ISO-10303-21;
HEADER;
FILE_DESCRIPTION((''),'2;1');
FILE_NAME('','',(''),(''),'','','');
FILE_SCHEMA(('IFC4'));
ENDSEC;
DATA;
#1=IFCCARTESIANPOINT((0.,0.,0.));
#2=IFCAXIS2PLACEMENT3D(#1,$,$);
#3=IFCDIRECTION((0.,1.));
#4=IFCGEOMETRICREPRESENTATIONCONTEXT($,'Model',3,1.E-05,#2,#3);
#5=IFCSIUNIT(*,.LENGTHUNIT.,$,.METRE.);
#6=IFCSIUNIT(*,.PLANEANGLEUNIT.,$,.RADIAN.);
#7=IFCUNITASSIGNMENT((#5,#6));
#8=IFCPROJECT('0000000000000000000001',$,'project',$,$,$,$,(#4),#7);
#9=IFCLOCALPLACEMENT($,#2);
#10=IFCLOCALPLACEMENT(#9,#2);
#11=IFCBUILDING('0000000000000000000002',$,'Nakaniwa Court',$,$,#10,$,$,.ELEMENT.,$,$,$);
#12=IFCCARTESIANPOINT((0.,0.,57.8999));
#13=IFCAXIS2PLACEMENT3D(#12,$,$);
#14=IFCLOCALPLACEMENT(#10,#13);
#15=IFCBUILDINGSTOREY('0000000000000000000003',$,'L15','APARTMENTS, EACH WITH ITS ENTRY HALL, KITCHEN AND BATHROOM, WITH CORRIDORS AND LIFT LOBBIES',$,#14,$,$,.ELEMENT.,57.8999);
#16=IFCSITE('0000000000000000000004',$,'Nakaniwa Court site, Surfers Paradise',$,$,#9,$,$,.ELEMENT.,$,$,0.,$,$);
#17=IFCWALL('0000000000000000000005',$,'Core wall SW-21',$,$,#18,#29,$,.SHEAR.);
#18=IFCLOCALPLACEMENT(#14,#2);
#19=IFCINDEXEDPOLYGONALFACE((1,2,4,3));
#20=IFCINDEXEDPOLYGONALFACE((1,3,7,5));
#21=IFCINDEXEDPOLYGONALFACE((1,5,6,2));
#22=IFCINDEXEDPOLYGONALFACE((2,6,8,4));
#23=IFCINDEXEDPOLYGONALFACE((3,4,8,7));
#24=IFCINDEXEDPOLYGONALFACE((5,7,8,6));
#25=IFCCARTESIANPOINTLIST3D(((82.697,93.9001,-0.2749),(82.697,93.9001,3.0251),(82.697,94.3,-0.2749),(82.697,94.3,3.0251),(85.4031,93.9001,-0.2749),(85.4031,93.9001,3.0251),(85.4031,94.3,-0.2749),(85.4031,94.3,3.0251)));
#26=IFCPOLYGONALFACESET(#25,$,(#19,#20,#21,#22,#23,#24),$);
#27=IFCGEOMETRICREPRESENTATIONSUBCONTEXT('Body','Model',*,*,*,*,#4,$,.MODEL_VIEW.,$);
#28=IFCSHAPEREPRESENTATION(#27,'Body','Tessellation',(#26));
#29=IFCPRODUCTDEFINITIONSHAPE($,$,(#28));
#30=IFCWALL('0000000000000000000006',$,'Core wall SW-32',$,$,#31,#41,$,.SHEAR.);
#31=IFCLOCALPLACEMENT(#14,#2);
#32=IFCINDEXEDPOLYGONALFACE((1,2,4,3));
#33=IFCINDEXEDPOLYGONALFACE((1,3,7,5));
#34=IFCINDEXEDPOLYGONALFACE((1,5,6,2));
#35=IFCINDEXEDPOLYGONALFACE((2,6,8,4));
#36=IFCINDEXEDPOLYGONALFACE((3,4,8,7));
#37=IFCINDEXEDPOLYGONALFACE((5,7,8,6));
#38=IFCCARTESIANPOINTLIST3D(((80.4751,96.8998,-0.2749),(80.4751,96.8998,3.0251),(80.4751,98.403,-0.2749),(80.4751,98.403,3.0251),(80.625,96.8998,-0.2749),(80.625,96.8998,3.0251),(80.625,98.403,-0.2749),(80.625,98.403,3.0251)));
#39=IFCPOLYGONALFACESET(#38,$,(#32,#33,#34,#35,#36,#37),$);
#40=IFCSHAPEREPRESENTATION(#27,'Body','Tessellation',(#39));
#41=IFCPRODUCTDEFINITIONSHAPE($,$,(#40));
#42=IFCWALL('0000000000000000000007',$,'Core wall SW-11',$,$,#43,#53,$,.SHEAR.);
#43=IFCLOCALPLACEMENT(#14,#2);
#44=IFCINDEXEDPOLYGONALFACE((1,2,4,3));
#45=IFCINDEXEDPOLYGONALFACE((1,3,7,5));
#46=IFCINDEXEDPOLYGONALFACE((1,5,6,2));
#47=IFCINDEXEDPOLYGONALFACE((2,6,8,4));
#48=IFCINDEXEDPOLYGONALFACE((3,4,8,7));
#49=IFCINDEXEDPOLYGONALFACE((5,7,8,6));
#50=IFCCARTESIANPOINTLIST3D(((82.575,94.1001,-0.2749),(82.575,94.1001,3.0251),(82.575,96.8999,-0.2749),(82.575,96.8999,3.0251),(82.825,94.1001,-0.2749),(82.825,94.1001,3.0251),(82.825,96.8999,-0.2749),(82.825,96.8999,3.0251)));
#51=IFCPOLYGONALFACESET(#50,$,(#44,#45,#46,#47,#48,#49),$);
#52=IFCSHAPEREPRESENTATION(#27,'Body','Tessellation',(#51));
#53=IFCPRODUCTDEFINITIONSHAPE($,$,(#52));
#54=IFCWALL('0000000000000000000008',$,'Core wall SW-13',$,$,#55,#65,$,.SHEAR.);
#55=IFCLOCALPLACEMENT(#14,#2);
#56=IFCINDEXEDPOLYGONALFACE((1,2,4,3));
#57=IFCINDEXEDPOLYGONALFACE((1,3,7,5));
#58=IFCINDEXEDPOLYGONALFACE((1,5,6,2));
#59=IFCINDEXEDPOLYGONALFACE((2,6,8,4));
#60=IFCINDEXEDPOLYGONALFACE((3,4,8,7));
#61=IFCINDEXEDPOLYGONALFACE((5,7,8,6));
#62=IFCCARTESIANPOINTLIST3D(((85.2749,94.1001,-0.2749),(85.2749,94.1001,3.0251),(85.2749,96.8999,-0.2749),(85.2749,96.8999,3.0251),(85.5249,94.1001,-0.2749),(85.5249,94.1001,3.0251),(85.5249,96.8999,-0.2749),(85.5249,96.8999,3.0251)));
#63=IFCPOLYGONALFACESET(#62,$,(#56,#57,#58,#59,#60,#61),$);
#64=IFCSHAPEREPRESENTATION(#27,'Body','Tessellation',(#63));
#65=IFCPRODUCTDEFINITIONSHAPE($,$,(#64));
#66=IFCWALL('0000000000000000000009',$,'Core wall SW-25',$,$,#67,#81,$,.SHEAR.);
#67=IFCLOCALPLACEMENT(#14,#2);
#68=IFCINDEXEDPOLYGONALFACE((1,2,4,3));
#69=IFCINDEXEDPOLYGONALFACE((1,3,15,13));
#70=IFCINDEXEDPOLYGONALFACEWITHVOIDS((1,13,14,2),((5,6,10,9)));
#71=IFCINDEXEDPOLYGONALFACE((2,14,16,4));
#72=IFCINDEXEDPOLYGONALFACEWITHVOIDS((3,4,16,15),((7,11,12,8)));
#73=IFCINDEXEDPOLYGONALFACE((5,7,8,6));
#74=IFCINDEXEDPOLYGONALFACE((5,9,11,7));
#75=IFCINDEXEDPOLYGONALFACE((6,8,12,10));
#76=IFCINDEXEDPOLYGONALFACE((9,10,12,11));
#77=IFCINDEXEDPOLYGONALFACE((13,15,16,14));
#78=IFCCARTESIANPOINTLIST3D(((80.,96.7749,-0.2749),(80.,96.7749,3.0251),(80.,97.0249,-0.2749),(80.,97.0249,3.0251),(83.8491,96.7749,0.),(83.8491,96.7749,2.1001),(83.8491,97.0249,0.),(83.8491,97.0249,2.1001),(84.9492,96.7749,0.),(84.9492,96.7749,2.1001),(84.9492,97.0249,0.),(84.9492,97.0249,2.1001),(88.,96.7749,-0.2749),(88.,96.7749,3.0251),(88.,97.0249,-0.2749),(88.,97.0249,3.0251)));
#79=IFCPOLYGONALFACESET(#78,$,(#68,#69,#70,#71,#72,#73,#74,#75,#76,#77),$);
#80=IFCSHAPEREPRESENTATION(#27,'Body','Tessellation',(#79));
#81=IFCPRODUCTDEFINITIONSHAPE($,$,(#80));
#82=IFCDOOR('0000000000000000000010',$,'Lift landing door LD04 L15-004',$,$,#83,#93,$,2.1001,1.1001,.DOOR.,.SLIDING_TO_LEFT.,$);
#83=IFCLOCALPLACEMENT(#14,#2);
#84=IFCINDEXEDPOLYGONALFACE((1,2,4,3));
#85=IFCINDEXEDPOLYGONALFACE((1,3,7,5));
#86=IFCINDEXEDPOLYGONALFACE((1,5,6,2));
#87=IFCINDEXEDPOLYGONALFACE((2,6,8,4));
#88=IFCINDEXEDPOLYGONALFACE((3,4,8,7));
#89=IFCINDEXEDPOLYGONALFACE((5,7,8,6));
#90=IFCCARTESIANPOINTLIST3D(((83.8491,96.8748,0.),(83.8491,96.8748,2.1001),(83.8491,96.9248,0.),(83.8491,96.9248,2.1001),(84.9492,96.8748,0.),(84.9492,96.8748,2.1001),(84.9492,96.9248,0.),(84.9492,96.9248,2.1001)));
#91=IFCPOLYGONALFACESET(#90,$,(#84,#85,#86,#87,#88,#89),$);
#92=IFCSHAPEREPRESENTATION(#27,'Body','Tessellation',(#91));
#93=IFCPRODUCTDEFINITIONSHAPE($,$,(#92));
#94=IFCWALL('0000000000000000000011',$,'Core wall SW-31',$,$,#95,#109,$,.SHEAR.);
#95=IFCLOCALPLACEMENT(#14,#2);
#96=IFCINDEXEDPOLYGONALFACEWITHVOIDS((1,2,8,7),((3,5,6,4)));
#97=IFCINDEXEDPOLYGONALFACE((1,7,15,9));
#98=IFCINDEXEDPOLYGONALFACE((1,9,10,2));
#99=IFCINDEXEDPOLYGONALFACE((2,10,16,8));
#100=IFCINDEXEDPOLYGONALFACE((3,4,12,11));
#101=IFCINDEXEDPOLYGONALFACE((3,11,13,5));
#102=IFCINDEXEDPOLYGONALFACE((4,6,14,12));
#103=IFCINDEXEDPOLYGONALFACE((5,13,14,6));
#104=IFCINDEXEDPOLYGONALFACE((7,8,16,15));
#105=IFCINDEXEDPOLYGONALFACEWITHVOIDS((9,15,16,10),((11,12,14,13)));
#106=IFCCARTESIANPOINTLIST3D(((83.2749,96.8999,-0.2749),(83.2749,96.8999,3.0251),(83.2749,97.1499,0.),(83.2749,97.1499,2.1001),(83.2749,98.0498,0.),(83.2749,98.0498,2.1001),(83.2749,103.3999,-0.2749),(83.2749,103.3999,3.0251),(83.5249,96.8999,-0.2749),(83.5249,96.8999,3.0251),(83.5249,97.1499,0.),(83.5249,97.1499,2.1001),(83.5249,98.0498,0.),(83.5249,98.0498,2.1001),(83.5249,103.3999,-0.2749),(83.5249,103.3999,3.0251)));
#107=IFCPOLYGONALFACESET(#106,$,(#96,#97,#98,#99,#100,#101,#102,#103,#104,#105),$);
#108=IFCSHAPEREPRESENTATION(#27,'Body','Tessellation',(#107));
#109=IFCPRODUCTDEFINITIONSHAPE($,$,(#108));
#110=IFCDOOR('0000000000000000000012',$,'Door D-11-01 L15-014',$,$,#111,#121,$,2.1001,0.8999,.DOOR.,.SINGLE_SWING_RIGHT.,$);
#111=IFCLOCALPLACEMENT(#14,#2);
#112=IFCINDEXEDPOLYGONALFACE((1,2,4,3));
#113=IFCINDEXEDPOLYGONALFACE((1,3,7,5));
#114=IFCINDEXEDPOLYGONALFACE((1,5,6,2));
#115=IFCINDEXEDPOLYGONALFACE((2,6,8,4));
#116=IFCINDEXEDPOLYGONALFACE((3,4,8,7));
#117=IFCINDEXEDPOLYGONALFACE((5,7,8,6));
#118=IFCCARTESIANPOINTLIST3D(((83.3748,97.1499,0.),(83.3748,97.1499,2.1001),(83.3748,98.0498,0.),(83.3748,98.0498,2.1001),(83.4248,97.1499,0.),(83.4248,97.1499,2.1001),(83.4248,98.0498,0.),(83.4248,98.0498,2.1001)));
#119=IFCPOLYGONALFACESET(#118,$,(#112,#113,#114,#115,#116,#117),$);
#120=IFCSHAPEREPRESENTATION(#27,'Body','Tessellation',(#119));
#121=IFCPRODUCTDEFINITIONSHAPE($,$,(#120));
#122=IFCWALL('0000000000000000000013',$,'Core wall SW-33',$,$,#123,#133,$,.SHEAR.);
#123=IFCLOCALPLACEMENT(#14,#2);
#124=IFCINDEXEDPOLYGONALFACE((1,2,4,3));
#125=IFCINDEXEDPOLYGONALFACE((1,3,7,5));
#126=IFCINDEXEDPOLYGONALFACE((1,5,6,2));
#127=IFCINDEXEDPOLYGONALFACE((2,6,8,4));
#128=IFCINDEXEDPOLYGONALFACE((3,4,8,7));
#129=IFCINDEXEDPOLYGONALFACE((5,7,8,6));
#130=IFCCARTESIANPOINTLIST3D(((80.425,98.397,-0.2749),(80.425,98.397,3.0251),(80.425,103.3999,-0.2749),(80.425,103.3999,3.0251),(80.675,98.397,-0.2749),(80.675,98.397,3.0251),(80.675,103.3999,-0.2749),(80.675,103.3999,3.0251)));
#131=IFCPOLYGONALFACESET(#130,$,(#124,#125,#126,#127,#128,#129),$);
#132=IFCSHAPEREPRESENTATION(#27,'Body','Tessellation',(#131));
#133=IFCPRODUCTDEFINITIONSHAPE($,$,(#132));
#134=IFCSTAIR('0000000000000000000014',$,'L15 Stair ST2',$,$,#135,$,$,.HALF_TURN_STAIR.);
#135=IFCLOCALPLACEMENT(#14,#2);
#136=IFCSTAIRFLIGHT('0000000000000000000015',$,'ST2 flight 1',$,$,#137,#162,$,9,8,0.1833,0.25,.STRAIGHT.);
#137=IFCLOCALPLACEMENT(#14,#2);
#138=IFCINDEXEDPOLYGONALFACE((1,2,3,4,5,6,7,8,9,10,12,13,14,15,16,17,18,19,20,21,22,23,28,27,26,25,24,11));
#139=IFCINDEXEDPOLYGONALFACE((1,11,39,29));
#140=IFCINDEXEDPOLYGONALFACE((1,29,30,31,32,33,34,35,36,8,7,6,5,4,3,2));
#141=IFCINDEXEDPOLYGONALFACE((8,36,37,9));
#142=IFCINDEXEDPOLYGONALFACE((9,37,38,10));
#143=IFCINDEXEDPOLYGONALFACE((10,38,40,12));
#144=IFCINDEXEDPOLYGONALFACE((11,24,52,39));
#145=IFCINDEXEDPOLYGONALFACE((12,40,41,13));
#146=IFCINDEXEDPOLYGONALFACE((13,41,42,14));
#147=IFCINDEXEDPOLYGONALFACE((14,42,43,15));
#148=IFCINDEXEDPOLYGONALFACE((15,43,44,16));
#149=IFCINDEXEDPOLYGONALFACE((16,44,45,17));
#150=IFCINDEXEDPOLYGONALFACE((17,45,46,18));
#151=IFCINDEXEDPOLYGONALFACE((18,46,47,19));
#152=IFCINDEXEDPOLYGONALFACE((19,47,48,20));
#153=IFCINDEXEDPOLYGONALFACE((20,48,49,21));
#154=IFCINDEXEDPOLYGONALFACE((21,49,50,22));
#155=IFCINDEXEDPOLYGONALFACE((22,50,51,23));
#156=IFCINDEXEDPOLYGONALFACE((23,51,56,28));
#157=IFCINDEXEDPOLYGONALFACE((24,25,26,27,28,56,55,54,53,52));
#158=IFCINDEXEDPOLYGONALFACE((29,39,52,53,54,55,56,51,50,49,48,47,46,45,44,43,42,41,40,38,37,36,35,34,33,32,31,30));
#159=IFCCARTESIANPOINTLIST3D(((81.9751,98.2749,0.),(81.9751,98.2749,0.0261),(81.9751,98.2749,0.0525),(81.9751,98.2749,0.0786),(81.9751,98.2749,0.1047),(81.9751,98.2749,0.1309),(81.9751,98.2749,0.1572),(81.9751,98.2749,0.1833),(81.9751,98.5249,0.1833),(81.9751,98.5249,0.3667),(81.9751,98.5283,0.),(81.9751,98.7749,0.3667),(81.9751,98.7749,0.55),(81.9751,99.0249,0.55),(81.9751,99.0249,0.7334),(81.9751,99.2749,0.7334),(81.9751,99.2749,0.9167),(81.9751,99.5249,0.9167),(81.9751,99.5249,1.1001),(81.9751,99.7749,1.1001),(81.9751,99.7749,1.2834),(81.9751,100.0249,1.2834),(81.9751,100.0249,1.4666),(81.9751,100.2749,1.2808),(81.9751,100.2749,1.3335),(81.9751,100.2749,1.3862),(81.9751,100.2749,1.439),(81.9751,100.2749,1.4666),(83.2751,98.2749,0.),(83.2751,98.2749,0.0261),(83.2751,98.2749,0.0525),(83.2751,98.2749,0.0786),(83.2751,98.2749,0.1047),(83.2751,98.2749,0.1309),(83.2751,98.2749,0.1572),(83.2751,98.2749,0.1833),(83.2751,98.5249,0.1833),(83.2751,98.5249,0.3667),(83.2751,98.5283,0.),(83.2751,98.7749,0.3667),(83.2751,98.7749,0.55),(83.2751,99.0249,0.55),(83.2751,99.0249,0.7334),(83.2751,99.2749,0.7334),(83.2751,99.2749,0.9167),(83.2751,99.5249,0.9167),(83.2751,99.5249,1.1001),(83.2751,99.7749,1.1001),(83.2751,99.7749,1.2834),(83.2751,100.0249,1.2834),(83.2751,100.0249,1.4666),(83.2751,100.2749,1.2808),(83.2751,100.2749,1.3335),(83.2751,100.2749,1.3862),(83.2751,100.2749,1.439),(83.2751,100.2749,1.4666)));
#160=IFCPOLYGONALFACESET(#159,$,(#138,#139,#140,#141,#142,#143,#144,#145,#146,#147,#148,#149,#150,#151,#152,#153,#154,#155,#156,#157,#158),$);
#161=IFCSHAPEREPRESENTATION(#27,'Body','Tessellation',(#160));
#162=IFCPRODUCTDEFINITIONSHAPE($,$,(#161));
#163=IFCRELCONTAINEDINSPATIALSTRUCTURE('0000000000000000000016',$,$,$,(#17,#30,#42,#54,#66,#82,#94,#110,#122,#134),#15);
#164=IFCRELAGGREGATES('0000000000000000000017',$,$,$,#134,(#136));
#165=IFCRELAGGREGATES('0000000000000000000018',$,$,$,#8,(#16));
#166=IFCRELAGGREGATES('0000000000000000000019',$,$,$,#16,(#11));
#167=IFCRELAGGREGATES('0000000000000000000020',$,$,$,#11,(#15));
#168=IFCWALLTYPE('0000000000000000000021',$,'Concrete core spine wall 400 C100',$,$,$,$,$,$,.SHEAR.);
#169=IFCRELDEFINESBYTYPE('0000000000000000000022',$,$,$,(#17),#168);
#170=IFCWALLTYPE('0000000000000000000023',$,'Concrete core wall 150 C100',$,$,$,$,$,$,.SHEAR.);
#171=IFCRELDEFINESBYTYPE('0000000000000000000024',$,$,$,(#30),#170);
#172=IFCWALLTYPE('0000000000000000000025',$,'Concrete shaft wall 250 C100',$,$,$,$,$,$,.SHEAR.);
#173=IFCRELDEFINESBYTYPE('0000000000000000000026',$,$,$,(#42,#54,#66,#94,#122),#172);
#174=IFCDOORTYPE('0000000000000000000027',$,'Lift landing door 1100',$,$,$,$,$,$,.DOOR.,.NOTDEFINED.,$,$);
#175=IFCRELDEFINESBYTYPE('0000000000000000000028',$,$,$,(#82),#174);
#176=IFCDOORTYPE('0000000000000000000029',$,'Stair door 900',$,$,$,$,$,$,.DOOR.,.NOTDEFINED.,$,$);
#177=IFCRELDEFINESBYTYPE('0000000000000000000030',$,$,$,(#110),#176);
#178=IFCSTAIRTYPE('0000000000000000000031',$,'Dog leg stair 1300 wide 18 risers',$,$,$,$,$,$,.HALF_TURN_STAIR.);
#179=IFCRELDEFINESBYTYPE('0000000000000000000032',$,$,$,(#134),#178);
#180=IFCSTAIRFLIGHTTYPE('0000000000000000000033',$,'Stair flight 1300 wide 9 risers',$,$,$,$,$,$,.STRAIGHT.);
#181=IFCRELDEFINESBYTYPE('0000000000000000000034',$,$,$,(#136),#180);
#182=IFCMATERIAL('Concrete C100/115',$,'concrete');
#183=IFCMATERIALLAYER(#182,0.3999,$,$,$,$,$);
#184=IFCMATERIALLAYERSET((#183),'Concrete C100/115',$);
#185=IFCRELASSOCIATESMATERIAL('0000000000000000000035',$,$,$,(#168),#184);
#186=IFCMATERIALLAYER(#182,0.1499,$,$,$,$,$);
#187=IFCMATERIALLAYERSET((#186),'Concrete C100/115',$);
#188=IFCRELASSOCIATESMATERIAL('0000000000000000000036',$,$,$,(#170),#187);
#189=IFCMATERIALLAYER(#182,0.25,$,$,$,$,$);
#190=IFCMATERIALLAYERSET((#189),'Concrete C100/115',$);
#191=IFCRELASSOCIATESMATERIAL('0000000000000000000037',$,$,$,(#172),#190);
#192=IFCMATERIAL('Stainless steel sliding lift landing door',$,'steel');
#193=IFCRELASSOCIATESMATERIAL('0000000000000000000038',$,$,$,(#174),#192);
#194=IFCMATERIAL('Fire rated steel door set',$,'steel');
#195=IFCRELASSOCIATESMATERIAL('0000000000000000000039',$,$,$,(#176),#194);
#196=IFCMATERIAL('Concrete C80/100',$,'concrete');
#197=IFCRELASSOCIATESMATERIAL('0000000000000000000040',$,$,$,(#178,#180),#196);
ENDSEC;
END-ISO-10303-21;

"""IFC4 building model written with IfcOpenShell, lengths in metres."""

from ifc_helpers import new_model, si_unit, direction, frame, frame_2d, origin, place, context, subcontext, project, spatial, polyline, rectangle, outline, extrude, material, layer, layer_set, type_object, element, fill, aggregate, save


model = new_model("IFC4")

# Units and contexts
model_context = context("Model", 3, precision=1e-05, world=origin(), true_north=direction((0.0, 1.0)))
body_context = subcontext(model_context, "Body", "Model", "MODEL_VIEW")
ifc_project = project(units=[si_unit("LENGTHUNIT", "METRE"), si_unit("PLANEANGLEUNIT", "RADIAN")], contexts=[model_context])

# Site, building, storey
site_placement = place(None, origin())
site = spatial("IfcSite", under=ifc_project, at=site_placement, Name="Nakaniwa Court site, Surfers Paradise", CompositionType="ELEMENT", RefElevation=0.0)
building_placement = place(site_placement, origin())
building = spatial("IfcBuilding", under=site, at=building_placement, Name="Nakaniwa Court", CompositionType="ELEMENT")
storey_placement = place(building_placement, frame((0.0, 0.0, 57.8999)))
storey = spatial("IfcBuildingStorey", under=building, at=storey_placement, Name="L15", Description="APARTMENTS, EACH WITH ITS ENTRY HALL, KITCHEN AND BATHROOM, WITH CORRIDORS AND LIFT LOBBIES", CompositionType="ELEMENT", Elevation=57.8999)

# Shared definitions
ifc_material_1 = material(Name="Concrete C80/100", Category="concrete")

# Shared definitions
ifc_material_2 = material(Name="Fire rated steel door set", Category="steel")

# Shared definitions
ifc_material_3 = material(Name="Concrete C100/115", Category="concrete")

# Walls
ifc_layer_1 = layer(ifc_material_3, 0.3999)
ifc_layer_set_1 = layer_set([ifc_layer_1], Name="Concrete C100/115")
wall_type_1 = type_object("IfcWallType", Name="Concrete core spine wall 400 C100", PredefinedType="SHEAR", material=ifc_layer_set_1)
wall_1_placement = place(storey_placement, frame((82.697, 94.1001, -0.2749), z_axis=(0.0, 0.0, 1.0), x_axis=(1.0, 0.0, 0.0)))
element("IfcWall", 1, at=wall_1_placement, inside=storey, type_object=wall_type_1, Name="Core wall SW-21", PredefinedType="SHEAR", context=body_context, shape_type="SweptSolid", body=[
    extrude(rectangle(XDim=2.7061, YDim=0.3999, at=frame_2d((1.353, 0.0))), origin(), (0.0, 0.0, 1.0), 3.3),
])
ifc_layer_2 = layer(ifc_material_3, 0.1499)
ifc_layer_set_2 = layer_set([ifc_layer_2], Name="Concrete C100/115")
wall_type_2 = type_object("IfcWallType", Name="Concrete core wall 150 C100", PredefinedType="SHEAR", material=ifc_layer_set_2)
wall_2_placement = place(storey_placement, frame((80.55, 96.8999, -0.2749), z_axis=(0.0, 0.0, 1.0), x_axis=(0.0, 1.0, 0.0)))
element("IfcWall", 2, at=wall_2_placement, inside=storey, type_object=wall_type_2, Name="Core wall SW-32", PredefinedType="SHEAR", context=body_context, shape_type="SweptSolid", body=[
    extrude(rectangle(XDim=1.5032, YDim=0.1499, at=frame_2d((0.7515, 0.0))), origin(), (0.0, 0.0, 1.0), 3.3),
])
ifc_layer_3 = layer(ifc_material_3, 0.25)
ifc_layer_set_3 = layer_set([ifc_layer_3], Name="Concrete C100/115")
wall_type_3 = type_object("IfcWallType", Name="Concrete shaft wall 250 C100", PredefinedType="SHEAR", material=ifc_layer_set_3)
for number, where, z_axis, x_axis, name in (
    (3, (82.7, 94.1001, -0.2749), (0.0, 0.0, 1.0), (0.0, 1.0, 0.0), "Core wall SW-11"),
    (4, (85.3999, 94.1001, -0.2749), (0.0, 0.0, 1.0), (0.0, 1.0, 0.0), "Core wall SW-13"),
):
    element("IfcWall", number, at=place(storey_placement, frame(where, z_axis=z_axis, x_axis=x_axis)), inside=storey, type_object=wall_type_3, Name=name, PredefinedType="SHEAR", context=body_context, shape_type="SweptSolid", body=[
        extrude(rectangle(XDim=2.7998, YDim=0.25, at=frame_2d((1.3999, 0.0))), origin(), (0.0, 0.0, 1.0), 3.3),
    ])

# Walls, openings, doors
wall_3_placement = place(storey_placement, frame((80.0, 96.8999, -0.2749), z_axis=(0.0, 0.0, 1.0), x_axis=(1.0, 0.0, 0.0)))
wall_3 = element("IfcWall", 5, at=wall_3_placement, inside=storey, type_object=wall_type_3, Name="Core wall SW-25", PredefinedType="SHEAR", context=body_context, shape_type="SweptSolid", body=[
    extrude(rectangle(XDim=8.0, YDim=0.25, at=frame_2d((4.0, 0.0))), origin(), (0.0, 0.0, 1.0), 3.3),
])
opening_1_placement = place(wall_3_placement, frame((3.8491, 0.0, 0.2749)))
opening_1 = element("IfcOpeningElement", 6, at=opening_1_placement, cuts=wall_3, PredefinedType="OPENING", context=body_context, shape_type="SweptSolid", body=[
    extrude(rectangle(XDim=1.1001, YDim=2.1001, at=frame_2d((0.55, 1.05))), frame((0.0, 0.135, 0.0), z_axis=(0.0, -1.0, 0.0), x_axis=(1.0, 0.0, 0.0)), (0.0, 0.0, 1.0), 0.27),
])
ifc_material_4 = material(Name="Stainless steel sliding lift landing door", Category="steel")
door_type_1 = type_object("IfcDoorType", Name="Lift landing door 1100", OperationType="NOTDEFINED", PredefinedType="DOOR", material=ifc_material_4)
door_1_placement = place(opening_1_placement, origin())
door_1 = element("IfcDoor", 7, at=door_1_placement, inside=storey, type_object=door_type_1, Name="Lift landing door LD04 L15-004", OperationType="SLIDING_TO_LEFT", OverallHeight=2.1001, OverallWidth=1.1001, PredefinedType="DOOR", context=body_context, shape_type="SweptSolid", body=[
    extrude(rectangle(XDim=1.1001, YDim=2.1001, at=frame_2d((0.55, 1.05))), frame((0.0, 0.0249, 0.0), z_axis=(0.0, -1.0, 0.0), x_axis=(1.0, 0.0, 0.0)), (0.0, 0.0, 1.0), 0.05),
])
fill(opening_1, door_1)
wall_4_placement = place(storey_placement, frame((83.3999, 103.3999, -0.2749), z_axis=(0.0, 0.0, 1.0), x_axis=(0.0, -1.0, 0.0)))
wall_4 = element("IfcWall", 8, at=wall_4_placement, inside=storey, type_object=wall_type_3, Name="Core wall SW-31", PredefinedType="SHEAR", context=body_context, shape_type="SweptSolid", body=[
    extrude(rectangle(XDim=6.5, YDim=0.25, at=frame_2d((3.25, 0.0))), origin(), (0.0, 0.0, 1.0), 3.3),
])
opening_2_placement = place(wall_4_placement, frame((5.3501, 0.0, 0.2749)))
opening_2 = element("IfcOpeningElement", 9, at=opening_2_placement, cuts=wall_4, PredefinedType="OPENING", context=body_context, shape_type="SweptSolid", body=[
    extrude(rectangle(XDim=0.8999, YDim=2.1001, at=frame_2d((0.45, 1.05))), frame((0.0, 0.135, 0.0), z_axis=(0.0, -1.0, 0.0), x_axis=(1.0, 0.0, 0.0)), (0.0, 0.0, 1.0), 0.27),
])
door_type_2 = type_object("IfcDoorType", Name="Stair door 900", OperationType="NOTDEFINED", PredefinedType="DOOR", material=ifc_material_2)
door_2_placement = place(opening_2_placement, origin())
door_2 = element("IfcDoor", 10, at=door_2_placement, inside=storey, type_object=door_type_2, Name="Door D-11-01 L15-014", OperationType="SINGLE_SWING_RIGHT", OverallHeight=2.1001, OverallWidth=0.8999, PredefinedType="DOOR", context=body_context, shape_type="SweptSolid", body=[
    extrude(rectangle(XDim=0.8999, YDim=2.1001, at=frame_2d((0.45, 1.05))), frame((0.0, 0.0249, 0.0), z_axis=(0.0, -1.0, 0.0), x_axis=(1.0, 0.0, 0.0)), (0.0, 0.0, 1.0), 0.05),
])
fill(opening_2, door_2)

# Wall
wall_5_placement = place(storey_placement, frame((80.55, 98.397, -0.2749), z_axis=(0.0, 0.0, 1.0), x_axis=(0.0, 1.0, 0.0)))
element("IfcWall", 11, at=wall_5_placement, inside=storey, type_object=wall_type_3, Name="Core wall SW-33", PredefinedType="SHEAR", context=body_context, shape_type="SweptSolid", body=[
    extrude(rectangle(XDim=5.0029, YDim=0.25, at=frame_2d((2.5015, 0.0))), origin(), (0.0, 0.0, 1.0), 3.3),
])

# Stair, stair flight
stair_type = type_object("IfcStairType", Name="Dog leg stair 1300 wide 18 risers", PredefinedType="HALF_TURN_STAIR", material=ifc_material_1)
stair_placement = place(storey_placement, origin())
stair = element("IfcStair", 12, at=stair_placement, inside=storey, type_object=stair_type, Name="L15 Stair ST2", PredefinedType="HALF_TURN_STAIR")
stair_flight_type = type_object("IfcStairFlightType", Name="Stair flight 1300 wide 9 risers", PredefinedType="STRAIGHT", material=ifc_material_1)
stair_flight_1_placement = place(storey_placement, frame((82.625, 98.2749, 0.0), z_axis=(0.0, 0.0, 1.0), x_axis=(0.0, 1.0, 0.0)))
stair_flight_1 = element("IfcStairFlight", 13, at=stair_flight_1_placement, type_object=stair_flight_type, Name="ST2 flight 1", NumberOfRisers=9, NumberOfTreads=8, PredefinedType="STRAIGHT", RiserHeight=0.1833, TreadLength=0.25, context=body_context, shape_type="SweptSolid", body=[
    extrude(outline(polyline([(0.0, 0.0), (0.0, 0.0261), (0.0, 0.0525), (0.0, 0.0786), (0.0, 0.1047), (0.0, 0.1309), (0.0, 0.1572), (0.0, 0.1833), (0.25, 0.1833), (0.25, 0.3667), (0.5, 0.3667), (0.5, 0.55), (0.75, 0.55), (0.75, 0.7334), (1.0, 0.7334), (1.0, 0.9167), (1.25, 0.9167), (1.25, 1.1001), (1.5, 1.1001), (1.5, 1.2834), (1.75, 1.2834), (1.75, 1.4666), (2.0, 1.4666), (2.0, 1.6499), (2.0, 1.5972), (2.0, 1.5444), (2.0, 1.4917), (2.0, 1.439), (2.0, 1.3862), (2.0, 1.3335), (2.0, 1.2808), (0.2534, 0.0), (0.0, 0.0)])), frame((0.0, 0.6499, 0.0), z_axis=(0.0, -1.0, 0.0), x_axis=(1.0, 0.0, 0.0)), (0.0, 0.0, 1.0), 1.3),
])
aggregate(stair, [stair_flight_1])

save(model, "model.ifc")
